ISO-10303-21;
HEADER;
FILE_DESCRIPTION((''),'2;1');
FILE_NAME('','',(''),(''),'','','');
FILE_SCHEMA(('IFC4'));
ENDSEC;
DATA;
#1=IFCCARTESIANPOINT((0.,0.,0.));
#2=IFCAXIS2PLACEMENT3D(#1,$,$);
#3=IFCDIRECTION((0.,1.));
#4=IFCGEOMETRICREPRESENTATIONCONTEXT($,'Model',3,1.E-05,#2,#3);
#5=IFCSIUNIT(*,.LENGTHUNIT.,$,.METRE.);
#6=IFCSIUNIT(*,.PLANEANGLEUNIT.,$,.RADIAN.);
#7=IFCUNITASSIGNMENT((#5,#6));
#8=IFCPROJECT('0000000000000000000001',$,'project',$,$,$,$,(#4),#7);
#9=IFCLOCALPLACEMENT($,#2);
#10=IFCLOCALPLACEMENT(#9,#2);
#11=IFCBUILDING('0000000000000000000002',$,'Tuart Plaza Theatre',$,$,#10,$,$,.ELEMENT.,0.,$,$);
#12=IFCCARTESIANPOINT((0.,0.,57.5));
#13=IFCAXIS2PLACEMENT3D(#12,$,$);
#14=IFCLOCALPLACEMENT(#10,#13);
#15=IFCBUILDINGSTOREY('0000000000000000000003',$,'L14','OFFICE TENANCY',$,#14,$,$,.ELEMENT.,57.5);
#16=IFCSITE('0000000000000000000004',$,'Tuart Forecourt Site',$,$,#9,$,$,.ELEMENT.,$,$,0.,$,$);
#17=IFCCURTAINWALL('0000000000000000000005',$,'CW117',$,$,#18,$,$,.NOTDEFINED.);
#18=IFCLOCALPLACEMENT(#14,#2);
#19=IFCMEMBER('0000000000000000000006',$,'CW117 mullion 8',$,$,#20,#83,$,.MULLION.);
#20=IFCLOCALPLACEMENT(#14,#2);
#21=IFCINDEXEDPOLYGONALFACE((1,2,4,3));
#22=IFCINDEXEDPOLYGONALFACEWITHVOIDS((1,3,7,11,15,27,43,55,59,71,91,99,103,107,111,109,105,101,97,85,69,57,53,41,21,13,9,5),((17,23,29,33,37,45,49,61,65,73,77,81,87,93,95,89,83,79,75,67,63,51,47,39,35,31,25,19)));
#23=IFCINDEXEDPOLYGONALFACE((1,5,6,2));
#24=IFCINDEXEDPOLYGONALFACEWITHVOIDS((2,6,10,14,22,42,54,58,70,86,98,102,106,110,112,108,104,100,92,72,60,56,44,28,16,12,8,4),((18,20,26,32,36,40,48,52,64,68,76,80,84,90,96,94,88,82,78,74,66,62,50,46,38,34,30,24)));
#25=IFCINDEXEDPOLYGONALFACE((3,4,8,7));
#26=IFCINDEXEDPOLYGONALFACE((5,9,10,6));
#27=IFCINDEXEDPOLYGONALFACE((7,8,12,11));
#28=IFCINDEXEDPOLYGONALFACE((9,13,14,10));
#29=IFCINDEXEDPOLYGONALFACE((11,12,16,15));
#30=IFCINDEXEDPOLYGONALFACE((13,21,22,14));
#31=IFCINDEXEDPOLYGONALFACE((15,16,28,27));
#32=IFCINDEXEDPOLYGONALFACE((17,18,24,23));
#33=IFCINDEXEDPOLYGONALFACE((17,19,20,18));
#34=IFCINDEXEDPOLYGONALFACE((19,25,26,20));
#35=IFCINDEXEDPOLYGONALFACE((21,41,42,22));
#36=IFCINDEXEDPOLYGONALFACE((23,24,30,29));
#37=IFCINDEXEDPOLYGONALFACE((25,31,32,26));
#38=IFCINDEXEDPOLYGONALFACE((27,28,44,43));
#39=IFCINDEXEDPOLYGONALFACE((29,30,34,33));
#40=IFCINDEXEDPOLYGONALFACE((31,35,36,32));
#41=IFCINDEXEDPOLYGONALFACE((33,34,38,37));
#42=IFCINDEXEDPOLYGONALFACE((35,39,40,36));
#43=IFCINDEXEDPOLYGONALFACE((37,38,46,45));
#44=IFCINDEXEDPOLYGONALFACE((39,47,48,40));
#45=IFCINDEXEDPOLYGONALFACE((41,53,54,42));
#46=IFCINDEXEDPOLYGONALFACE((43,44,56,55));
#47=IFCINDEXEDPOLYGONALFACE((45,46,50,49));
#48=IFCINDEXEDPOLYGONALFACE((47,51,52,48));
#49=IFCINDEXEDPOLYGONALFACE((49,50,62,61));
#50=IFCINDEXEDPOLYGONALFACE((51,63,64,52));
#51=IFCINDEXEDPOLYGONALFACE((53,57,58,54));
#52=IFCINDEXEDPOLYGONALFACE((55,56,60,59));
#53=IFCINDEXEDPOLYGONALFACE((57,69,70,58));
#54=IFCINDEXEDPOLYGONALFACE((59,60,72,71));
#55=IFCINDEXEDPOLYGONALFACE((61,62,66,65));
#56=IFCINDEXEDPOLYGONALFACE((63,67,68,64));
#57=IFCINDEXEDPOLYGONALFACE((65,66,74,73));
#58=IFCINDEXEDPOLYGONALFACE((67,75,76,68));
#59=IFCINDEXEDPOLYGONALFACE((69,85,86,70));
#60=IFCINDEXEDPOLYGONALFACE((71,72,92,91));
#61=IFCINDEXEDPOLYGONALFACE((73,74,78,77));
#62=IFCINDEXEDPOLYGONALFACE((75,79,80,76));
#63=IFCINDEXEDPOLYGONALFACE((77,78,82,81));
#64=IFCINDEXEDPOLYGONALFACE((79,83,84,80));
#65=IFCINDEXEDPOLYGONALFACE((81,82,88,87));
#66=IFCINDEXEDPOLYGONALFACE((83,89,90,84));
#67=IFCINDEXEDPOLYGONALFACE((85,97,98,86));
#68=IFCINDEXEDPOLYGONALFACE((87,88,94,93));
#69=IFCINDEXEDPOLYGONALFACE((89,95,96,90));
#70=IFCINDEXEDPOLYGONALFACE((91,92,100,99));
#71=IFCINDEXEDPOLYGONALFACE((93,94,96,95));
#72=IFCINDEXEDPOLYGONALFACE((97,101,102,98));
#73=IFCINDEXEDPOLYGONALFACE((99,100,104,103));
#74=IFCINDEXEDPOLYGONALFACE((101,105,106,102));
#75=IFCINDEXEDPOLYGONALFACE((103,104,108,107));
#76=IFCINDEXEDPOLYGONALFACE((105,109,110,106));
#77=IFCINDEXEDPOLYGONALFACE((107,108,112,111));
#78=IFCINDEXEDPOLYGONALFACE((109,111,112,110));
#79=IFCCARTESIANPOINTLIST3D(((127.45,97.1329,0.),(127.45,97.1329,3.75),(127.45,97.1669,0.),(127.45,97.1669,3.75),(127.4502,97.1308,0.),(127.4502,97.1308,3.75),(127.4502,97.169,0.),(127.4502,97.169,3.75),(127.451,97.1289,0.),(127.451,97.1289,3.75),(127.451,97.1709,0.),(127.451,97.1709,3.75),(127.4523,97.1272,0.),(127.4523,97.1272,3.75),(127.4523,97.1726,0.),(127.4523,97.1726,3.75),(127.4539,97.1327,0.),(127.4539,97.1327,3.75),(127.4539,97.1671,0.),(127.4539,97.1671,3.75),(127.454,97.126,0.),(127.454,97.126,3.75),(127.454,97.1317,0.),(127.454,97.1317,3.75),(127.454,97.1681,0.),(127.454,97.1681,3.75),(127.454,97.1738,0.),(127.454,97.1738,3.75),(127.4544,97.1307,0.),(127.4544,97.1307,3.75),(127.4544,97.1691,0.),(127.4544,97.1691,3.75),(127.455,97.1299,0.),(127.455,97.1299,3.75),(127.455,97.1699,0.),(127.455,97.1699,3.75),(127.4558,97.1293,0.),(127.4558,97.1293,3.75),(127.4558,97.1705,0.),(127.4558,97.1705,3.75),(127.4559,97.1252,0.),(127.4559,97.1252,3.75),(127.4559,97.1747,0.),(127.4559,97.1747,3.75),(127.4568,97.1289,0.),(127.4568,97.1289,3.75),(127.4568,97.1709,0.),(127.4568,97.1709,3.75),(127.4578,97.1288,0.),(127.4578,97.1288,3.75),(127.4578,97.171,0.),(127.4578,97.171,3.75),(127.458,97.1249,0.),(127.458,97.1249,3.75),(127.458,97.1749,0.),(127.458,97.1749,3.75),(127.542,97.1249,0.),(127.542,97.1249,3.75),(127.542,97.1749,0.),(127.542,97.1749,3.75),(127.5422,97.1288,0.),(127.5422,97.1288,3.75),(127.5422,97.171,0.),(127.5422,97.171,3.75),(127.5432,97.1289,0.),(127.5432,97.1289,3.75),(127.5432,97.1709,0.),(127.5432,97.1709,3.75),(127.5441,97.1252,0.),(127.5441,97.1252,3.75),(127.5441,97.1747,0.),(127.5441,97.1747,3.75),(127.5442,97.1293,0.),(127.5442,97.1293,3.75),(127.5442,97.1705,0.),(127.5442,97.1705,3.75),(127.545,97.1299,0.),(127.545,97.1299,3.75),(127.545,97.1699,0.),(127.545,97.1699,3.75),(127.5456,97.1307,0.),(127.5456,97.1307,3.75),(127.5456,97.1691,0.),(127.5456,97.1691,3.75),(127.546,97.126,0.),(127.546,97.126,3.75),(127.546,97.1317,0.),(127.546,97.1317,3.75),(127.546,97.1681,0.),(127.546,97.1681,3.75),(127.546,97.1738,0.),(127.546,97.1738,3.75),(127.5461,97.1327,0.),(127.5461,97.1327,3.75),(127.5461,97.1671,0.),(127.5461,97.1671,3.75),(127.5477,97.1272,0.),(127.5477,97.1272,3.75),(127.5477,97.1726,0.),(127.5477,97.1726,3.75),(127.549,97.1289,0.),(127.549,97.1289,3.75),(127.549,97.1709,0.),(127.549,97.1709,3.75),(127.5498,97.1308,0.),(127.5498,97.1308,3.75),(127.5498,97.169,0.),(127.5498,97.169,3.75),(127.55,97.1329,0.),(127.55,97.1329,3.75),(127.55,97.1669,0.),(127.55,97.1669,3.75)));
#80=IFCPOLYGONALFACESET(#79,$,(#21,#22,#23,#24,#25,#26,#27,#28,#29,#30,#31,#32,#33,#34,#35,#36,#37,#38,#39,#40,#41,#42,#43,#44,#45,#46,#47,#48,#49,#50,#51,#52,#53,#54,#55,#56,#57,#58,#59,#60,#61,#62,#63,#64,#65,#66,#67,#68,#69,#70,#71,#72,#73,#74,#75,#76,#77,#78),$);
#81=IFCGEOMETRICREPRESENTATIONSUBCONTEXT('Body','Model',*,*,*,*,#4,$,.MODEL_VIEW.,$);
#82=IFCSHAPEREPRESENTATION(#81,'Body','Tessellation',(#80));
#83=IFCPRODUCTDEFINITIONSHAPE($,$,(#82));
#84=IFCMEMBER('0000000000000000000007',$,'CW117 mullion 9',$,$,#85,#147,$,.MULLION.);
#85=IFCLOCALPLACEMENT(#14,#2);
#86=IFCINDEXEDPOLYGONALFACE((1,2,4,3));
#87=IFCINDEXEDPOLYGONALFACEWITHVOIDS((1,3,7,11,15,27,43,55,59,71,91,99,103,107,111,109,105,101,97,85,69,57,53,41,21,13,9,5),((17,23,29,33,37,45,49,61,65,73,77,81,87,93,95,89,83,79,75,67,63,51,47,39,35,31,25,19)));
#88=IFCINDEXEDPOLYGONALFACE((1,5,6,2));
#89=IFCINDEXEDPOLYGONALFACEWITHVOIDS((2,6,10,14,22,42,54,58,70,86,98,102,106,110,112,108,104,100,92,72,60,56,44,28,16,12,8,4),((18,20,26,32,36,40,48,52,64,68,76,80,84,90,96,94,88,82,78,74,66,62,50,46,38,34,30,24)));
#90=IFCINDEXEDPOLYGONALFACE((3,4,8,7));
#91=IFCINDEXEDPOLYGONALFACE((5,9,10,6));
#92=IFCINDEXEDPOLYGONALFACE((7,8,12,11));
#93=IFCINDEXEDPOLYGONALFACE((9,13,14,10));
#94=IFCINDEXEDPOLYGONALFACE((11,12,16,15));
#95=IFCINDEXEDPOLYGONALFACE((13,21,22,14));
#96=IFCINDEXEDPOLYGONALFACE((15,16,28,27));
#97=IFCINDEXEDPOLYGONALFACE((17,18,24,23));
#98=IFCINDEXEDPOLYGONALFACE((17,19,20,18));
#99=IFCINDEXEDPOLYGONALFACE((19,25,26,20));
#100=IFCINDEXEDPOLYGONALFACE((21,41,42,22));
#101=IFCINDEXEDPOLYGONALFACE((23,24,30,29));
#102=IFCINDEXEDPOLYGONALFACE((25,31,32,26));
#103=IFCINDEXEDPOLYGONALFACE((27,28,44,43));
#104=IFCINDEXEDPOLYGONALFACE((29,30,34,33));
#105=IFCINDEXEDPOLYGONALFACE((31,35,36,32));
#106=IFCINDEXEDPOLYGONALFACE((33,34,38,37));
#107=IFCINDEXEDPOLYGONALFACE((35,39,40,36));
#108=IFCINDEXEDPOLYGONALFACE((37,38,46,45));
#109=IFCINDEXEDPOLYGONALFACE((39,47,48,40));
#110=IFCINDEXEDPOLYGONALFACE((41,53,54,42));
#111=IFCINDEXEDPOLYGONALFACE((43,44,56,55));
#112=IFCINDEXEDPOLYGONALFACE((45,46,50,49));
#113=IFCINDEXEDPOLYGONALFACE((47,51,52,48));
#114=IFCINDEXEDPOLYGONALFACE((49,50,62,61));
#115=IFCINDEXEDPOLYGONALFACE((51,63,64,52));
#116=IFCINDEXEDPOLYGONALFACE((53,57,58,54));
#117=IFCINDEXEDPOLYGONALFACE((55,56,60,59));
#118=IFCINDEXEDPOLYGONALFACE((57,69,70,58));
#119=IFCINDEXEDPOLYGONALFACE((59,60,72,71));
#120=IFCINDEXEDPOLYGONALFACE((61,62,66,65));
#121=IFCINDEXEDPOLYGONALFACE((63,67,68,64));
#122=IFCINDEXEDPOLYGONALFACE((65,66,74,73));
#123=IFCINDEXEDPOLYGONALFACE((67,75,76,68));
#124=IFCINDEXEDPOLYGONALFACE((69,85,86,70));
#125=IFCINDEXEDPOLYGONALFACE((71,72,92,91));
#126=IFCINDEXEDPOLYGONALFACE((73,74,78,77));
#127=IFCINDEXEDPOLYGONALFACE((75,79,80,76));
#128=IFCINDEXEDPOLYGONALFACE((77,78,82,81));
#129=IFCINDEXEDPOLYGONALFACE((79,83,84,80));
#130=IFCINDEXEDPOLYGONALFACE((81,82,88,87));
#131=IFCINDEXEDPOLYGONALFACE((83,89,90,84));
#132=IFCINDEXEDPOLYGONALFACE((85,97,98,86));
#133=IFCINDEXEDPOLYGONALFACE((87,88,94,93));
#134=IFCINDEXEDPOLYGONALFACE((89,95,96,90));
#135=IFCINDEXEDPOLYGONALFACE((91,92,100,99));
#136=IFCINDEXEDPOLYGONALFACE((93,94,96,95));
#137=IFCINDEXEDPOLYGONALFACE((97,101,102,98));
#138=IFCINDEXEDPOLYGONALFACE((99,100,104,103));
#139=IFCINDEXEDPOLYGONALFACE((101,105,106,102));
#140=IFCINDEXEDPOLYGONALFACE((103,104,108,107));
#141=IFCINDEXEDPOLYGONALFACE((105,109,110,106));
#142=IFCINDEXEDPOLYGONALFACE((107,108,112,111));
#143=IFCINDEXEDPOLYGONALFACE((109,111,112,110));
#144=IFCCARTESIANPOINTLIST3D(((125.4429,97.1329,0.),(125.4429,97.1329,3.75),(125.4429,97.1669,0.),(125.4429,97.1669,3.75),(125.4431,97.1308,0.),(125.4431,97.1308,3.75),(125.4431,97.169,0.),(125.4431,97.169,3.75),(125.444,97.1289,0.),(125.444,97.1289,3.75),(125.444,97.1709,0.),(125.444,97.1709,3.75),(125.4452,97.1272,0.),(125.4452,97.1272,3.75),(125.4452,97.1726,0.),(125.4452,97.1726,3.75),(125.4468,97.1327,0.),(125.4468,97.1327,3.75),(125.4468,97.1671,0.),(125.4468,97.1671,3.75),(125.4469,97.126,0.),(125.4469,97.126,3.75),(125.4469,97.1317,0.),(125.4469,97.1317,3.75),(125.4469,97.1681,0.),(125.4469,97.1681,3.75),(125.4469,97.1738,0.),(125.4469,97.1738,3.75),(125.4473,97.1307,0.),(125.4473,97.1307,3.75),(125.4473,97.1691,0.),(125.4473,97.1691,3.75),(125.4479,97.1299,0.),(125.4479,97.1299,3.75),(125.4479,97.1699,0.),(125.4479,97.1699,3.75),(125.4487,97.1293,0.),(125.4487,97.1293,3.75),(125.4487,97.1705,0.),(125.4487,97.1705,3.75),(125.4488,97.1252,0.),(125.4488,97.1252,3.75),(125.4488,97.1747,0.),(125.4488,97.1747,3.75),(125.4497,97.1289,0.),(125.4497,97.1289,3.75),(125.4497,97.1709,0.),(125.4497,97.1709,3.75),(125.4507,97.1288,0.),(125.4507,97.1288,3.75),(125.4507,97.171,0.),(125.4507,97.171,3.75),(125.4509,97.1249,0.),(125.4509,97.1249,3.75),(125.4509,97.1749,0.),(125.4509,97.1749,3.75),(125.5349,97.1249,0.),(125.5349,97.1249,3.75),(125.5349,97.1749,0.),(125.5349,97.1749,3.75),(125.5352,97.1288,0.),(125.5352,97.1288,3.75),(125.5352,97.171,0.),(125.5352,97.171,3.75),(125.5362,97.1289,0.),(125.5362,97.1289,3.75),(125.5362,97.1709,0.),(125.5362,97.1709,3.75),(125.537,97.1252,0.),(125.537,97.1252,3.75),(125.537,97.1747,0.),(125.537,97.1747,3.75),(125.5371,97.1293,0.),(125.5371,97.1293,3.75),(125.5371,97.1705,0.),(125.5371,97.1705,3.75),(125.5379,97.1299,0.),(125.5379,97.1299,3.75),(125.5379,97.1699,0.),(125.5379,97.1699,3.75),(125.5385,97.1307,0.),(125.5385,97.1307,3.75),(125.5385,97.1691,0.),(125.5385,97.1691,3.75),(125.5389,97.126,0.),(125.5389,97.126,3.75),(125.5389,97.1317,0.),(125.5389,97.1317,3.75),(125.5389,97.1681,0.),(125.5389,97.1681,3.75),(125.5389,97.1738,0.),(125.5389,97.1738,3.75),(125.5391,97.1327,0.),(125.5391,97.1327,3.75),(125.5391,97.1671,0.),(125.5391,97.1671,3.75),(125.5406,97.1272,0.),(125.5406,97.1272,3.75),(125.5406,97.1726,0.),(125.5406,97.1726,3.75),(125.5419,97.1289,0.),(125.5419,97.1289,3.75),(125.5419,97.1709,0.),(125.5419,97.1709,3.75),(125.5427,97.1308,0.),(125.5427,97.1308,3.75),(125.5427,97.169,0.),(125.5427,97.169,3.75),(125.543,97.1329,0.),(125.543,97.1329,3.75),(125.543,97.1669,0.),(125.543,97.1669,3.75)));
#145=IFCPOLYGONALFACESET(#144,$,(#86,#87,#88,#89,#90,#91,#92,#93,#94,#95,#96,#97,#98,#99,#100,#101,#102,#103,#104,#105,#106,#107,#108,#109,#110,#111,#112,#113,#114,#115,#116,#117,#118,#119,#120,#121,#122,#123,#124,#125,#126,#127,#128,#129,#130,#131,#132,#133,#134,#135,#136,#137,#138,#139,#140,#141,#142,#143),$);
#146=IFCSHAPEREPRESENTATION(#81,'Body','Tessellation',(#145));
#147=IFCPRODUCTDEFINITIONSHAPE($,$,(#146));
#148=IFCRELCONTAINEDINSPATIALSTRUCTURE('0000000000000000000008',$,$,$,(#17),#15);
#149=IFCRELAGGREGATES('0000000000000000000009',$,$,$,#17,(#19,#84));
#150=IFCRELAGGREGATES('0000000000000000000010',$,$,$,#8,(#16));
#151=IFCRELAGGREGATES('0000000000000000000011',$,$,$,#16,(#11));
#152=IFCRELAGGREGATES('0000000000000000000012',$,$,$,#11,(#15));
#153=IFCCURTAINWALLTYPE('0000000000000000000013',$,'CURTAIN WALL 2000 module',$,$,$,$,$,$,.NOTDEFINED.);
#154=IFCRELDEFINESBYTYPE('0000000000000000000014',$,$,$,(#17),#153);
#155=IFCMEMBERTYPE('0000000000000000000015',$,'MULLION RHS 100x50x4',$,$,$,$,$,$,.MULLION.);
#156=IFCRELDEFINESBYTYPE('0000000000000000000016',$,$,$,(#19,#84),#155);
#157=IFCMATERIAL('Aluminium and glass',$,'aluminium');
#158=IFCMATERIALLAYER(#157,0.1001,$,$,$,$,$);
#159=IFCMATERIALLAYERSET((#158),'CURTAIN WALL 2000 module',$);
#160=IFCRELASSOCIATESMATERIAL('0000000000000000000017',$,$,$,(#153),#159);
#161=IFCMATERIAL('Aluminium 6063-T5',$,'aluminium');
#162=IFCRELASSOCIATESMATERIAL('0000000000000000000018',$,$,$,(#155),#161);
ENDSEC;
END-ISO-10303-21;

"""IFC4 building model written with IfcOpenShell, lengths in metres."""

from ifc_helpers import new_model, si_unit, direction, frame, origin, origin_2d, place, context, subcontext, project, spatial, hollow_rectangle, extrude, material, layer, layer_set, material_profile, profile_set, type_object, element, aggregate, save


model = new_model("IFC4")

# Units and contexts
model_context = context("Model", 3, precision=1e-05, world=origin(), true_north=direction((0.0, 1.0)))
body_context = subcontext(model_context, "Body", "Model", "MODEL_VIEW")
ifc_project = project(units=[si_unit("LENGTHUNIT", "METRE"), si_unit("PLANEANGLEUNIT", "RADIAN")], contexts=[model_context])

# Site, building, storey
site_placement = place(None, origin())
site = spatial("IfcSite", under=ifc_project, at=site_placement, Name="Tuart Forecourt Site", CompositionType="ELEMENT", RefElevation=0.0)
building_placement = place(site_placement, origin())
building = spatial("IfcBuilding", under=site, at=building_placement, Name="Tuart Plaza Theatre", CompositionType="ELEMENT", ElevationOfRefHeight=0.0)
storey_placement = place(building_placement, frame((0.0, 0.0, 57.5)))
storey = spatial("IfcBuildingStorey", under=building, at=storey_placement, Name="L14", Description="OFFICE TENANCY", CompositionType="ELEMENT", Elevation=57.5)

# Curtain wall, members
ifc_material_1 = material(Name="Aluminium and glass", Category="aluminium")
ifc_layer_1 = layer(ifc_material_1, 0.1001)
ifc_layer_set_1 = layer_set([ifc_layer_1], Name="CURTAIN WALL 2000 module")
curtain_wall_type = type_object("IfcCurtainWallType", Name="CURTAIN WALL 2000 module", PredefinedType="NOTDEFINED", material=ifc_layer_set_1)
curtain_wall_placement = place(storey_placement, origin())
curtain_wall = element("IfcCurtainWall", 1, at=curtain_wall_placement, inside=storey, type_object=curtain_wall_type, Name="CW117", PredefinedType="NOTDEFINED")
ifc_material_2 = material(Name="Aluminium 6063-T5", Category="aluminium")
ifc_material_profile_1 = material_profile(ifc_material_2, hollow_rectangle(XDim=0.05, YDim=0.1001, WallThickness=0.0039, InnerFilletRadius=0.0039, OuterFilletRadius=0.0081, at=origin_2d()), Name="RHS 100x50x4")
ifc_profile_set_1 = profile_set([ifc_material_profile_1], Name="Aluminium 6063-T5")
member_type_1 = type_object("IfcMemberType", Name="MULLION RHS 100x50x4", PredefinedType="MULLION", material=ifc_profile_set_1)
member_1_placement = place(storey_placement, frame((127.5, 97.1499, 0.0), z_axis=(0.0, 0.0, 1.0), x_axis=(0.0, -1.0, 0.0)))
member_1 = element("IfcMember", 2, at=member_1_placement, type_object=member_type_1, Name="CW117 mullion 8", PredefinedType="MULLION", context=body_context, shape_type="SweptSolid", body=[
    extrude(hollow_rectangle(XDim=0.05, YDim=0.1001, WallThickness=0.0039, InnerFilletRadius=0.0039, OuterFilletRadius=0.0081, at=origin_2d()), origin(), (0.0, 0.0, 1.0), 3.75),
])
member_2_placement = place(storey_placement, frame((125.4929, 97.1499, 0.0), z_axis=(0.0, 0.0, 1.0), x_axis=(0.0, -1.0, 0.0)))
member_2 = element("IfcMember", 3, at=member_2_placement, type_object=member_type_1, Name="CW117 mullion 9", PredefinedType="MULLION", context=body_context, shape_type="SweptSolid", body=[
    extrude(hollow_rectangle(XDim=0.05, YDim=0.1001, WallThickness=0.0039, InnerFilletRadius=0.0039, OuterFilletRadius=0.0081, at=origin_2d()), origin(), (0.0, 0.0, 1.0), 3.75),
])
aggregate(curtain_wall, [member_1, member_2])

save(model, "model.ifc")
